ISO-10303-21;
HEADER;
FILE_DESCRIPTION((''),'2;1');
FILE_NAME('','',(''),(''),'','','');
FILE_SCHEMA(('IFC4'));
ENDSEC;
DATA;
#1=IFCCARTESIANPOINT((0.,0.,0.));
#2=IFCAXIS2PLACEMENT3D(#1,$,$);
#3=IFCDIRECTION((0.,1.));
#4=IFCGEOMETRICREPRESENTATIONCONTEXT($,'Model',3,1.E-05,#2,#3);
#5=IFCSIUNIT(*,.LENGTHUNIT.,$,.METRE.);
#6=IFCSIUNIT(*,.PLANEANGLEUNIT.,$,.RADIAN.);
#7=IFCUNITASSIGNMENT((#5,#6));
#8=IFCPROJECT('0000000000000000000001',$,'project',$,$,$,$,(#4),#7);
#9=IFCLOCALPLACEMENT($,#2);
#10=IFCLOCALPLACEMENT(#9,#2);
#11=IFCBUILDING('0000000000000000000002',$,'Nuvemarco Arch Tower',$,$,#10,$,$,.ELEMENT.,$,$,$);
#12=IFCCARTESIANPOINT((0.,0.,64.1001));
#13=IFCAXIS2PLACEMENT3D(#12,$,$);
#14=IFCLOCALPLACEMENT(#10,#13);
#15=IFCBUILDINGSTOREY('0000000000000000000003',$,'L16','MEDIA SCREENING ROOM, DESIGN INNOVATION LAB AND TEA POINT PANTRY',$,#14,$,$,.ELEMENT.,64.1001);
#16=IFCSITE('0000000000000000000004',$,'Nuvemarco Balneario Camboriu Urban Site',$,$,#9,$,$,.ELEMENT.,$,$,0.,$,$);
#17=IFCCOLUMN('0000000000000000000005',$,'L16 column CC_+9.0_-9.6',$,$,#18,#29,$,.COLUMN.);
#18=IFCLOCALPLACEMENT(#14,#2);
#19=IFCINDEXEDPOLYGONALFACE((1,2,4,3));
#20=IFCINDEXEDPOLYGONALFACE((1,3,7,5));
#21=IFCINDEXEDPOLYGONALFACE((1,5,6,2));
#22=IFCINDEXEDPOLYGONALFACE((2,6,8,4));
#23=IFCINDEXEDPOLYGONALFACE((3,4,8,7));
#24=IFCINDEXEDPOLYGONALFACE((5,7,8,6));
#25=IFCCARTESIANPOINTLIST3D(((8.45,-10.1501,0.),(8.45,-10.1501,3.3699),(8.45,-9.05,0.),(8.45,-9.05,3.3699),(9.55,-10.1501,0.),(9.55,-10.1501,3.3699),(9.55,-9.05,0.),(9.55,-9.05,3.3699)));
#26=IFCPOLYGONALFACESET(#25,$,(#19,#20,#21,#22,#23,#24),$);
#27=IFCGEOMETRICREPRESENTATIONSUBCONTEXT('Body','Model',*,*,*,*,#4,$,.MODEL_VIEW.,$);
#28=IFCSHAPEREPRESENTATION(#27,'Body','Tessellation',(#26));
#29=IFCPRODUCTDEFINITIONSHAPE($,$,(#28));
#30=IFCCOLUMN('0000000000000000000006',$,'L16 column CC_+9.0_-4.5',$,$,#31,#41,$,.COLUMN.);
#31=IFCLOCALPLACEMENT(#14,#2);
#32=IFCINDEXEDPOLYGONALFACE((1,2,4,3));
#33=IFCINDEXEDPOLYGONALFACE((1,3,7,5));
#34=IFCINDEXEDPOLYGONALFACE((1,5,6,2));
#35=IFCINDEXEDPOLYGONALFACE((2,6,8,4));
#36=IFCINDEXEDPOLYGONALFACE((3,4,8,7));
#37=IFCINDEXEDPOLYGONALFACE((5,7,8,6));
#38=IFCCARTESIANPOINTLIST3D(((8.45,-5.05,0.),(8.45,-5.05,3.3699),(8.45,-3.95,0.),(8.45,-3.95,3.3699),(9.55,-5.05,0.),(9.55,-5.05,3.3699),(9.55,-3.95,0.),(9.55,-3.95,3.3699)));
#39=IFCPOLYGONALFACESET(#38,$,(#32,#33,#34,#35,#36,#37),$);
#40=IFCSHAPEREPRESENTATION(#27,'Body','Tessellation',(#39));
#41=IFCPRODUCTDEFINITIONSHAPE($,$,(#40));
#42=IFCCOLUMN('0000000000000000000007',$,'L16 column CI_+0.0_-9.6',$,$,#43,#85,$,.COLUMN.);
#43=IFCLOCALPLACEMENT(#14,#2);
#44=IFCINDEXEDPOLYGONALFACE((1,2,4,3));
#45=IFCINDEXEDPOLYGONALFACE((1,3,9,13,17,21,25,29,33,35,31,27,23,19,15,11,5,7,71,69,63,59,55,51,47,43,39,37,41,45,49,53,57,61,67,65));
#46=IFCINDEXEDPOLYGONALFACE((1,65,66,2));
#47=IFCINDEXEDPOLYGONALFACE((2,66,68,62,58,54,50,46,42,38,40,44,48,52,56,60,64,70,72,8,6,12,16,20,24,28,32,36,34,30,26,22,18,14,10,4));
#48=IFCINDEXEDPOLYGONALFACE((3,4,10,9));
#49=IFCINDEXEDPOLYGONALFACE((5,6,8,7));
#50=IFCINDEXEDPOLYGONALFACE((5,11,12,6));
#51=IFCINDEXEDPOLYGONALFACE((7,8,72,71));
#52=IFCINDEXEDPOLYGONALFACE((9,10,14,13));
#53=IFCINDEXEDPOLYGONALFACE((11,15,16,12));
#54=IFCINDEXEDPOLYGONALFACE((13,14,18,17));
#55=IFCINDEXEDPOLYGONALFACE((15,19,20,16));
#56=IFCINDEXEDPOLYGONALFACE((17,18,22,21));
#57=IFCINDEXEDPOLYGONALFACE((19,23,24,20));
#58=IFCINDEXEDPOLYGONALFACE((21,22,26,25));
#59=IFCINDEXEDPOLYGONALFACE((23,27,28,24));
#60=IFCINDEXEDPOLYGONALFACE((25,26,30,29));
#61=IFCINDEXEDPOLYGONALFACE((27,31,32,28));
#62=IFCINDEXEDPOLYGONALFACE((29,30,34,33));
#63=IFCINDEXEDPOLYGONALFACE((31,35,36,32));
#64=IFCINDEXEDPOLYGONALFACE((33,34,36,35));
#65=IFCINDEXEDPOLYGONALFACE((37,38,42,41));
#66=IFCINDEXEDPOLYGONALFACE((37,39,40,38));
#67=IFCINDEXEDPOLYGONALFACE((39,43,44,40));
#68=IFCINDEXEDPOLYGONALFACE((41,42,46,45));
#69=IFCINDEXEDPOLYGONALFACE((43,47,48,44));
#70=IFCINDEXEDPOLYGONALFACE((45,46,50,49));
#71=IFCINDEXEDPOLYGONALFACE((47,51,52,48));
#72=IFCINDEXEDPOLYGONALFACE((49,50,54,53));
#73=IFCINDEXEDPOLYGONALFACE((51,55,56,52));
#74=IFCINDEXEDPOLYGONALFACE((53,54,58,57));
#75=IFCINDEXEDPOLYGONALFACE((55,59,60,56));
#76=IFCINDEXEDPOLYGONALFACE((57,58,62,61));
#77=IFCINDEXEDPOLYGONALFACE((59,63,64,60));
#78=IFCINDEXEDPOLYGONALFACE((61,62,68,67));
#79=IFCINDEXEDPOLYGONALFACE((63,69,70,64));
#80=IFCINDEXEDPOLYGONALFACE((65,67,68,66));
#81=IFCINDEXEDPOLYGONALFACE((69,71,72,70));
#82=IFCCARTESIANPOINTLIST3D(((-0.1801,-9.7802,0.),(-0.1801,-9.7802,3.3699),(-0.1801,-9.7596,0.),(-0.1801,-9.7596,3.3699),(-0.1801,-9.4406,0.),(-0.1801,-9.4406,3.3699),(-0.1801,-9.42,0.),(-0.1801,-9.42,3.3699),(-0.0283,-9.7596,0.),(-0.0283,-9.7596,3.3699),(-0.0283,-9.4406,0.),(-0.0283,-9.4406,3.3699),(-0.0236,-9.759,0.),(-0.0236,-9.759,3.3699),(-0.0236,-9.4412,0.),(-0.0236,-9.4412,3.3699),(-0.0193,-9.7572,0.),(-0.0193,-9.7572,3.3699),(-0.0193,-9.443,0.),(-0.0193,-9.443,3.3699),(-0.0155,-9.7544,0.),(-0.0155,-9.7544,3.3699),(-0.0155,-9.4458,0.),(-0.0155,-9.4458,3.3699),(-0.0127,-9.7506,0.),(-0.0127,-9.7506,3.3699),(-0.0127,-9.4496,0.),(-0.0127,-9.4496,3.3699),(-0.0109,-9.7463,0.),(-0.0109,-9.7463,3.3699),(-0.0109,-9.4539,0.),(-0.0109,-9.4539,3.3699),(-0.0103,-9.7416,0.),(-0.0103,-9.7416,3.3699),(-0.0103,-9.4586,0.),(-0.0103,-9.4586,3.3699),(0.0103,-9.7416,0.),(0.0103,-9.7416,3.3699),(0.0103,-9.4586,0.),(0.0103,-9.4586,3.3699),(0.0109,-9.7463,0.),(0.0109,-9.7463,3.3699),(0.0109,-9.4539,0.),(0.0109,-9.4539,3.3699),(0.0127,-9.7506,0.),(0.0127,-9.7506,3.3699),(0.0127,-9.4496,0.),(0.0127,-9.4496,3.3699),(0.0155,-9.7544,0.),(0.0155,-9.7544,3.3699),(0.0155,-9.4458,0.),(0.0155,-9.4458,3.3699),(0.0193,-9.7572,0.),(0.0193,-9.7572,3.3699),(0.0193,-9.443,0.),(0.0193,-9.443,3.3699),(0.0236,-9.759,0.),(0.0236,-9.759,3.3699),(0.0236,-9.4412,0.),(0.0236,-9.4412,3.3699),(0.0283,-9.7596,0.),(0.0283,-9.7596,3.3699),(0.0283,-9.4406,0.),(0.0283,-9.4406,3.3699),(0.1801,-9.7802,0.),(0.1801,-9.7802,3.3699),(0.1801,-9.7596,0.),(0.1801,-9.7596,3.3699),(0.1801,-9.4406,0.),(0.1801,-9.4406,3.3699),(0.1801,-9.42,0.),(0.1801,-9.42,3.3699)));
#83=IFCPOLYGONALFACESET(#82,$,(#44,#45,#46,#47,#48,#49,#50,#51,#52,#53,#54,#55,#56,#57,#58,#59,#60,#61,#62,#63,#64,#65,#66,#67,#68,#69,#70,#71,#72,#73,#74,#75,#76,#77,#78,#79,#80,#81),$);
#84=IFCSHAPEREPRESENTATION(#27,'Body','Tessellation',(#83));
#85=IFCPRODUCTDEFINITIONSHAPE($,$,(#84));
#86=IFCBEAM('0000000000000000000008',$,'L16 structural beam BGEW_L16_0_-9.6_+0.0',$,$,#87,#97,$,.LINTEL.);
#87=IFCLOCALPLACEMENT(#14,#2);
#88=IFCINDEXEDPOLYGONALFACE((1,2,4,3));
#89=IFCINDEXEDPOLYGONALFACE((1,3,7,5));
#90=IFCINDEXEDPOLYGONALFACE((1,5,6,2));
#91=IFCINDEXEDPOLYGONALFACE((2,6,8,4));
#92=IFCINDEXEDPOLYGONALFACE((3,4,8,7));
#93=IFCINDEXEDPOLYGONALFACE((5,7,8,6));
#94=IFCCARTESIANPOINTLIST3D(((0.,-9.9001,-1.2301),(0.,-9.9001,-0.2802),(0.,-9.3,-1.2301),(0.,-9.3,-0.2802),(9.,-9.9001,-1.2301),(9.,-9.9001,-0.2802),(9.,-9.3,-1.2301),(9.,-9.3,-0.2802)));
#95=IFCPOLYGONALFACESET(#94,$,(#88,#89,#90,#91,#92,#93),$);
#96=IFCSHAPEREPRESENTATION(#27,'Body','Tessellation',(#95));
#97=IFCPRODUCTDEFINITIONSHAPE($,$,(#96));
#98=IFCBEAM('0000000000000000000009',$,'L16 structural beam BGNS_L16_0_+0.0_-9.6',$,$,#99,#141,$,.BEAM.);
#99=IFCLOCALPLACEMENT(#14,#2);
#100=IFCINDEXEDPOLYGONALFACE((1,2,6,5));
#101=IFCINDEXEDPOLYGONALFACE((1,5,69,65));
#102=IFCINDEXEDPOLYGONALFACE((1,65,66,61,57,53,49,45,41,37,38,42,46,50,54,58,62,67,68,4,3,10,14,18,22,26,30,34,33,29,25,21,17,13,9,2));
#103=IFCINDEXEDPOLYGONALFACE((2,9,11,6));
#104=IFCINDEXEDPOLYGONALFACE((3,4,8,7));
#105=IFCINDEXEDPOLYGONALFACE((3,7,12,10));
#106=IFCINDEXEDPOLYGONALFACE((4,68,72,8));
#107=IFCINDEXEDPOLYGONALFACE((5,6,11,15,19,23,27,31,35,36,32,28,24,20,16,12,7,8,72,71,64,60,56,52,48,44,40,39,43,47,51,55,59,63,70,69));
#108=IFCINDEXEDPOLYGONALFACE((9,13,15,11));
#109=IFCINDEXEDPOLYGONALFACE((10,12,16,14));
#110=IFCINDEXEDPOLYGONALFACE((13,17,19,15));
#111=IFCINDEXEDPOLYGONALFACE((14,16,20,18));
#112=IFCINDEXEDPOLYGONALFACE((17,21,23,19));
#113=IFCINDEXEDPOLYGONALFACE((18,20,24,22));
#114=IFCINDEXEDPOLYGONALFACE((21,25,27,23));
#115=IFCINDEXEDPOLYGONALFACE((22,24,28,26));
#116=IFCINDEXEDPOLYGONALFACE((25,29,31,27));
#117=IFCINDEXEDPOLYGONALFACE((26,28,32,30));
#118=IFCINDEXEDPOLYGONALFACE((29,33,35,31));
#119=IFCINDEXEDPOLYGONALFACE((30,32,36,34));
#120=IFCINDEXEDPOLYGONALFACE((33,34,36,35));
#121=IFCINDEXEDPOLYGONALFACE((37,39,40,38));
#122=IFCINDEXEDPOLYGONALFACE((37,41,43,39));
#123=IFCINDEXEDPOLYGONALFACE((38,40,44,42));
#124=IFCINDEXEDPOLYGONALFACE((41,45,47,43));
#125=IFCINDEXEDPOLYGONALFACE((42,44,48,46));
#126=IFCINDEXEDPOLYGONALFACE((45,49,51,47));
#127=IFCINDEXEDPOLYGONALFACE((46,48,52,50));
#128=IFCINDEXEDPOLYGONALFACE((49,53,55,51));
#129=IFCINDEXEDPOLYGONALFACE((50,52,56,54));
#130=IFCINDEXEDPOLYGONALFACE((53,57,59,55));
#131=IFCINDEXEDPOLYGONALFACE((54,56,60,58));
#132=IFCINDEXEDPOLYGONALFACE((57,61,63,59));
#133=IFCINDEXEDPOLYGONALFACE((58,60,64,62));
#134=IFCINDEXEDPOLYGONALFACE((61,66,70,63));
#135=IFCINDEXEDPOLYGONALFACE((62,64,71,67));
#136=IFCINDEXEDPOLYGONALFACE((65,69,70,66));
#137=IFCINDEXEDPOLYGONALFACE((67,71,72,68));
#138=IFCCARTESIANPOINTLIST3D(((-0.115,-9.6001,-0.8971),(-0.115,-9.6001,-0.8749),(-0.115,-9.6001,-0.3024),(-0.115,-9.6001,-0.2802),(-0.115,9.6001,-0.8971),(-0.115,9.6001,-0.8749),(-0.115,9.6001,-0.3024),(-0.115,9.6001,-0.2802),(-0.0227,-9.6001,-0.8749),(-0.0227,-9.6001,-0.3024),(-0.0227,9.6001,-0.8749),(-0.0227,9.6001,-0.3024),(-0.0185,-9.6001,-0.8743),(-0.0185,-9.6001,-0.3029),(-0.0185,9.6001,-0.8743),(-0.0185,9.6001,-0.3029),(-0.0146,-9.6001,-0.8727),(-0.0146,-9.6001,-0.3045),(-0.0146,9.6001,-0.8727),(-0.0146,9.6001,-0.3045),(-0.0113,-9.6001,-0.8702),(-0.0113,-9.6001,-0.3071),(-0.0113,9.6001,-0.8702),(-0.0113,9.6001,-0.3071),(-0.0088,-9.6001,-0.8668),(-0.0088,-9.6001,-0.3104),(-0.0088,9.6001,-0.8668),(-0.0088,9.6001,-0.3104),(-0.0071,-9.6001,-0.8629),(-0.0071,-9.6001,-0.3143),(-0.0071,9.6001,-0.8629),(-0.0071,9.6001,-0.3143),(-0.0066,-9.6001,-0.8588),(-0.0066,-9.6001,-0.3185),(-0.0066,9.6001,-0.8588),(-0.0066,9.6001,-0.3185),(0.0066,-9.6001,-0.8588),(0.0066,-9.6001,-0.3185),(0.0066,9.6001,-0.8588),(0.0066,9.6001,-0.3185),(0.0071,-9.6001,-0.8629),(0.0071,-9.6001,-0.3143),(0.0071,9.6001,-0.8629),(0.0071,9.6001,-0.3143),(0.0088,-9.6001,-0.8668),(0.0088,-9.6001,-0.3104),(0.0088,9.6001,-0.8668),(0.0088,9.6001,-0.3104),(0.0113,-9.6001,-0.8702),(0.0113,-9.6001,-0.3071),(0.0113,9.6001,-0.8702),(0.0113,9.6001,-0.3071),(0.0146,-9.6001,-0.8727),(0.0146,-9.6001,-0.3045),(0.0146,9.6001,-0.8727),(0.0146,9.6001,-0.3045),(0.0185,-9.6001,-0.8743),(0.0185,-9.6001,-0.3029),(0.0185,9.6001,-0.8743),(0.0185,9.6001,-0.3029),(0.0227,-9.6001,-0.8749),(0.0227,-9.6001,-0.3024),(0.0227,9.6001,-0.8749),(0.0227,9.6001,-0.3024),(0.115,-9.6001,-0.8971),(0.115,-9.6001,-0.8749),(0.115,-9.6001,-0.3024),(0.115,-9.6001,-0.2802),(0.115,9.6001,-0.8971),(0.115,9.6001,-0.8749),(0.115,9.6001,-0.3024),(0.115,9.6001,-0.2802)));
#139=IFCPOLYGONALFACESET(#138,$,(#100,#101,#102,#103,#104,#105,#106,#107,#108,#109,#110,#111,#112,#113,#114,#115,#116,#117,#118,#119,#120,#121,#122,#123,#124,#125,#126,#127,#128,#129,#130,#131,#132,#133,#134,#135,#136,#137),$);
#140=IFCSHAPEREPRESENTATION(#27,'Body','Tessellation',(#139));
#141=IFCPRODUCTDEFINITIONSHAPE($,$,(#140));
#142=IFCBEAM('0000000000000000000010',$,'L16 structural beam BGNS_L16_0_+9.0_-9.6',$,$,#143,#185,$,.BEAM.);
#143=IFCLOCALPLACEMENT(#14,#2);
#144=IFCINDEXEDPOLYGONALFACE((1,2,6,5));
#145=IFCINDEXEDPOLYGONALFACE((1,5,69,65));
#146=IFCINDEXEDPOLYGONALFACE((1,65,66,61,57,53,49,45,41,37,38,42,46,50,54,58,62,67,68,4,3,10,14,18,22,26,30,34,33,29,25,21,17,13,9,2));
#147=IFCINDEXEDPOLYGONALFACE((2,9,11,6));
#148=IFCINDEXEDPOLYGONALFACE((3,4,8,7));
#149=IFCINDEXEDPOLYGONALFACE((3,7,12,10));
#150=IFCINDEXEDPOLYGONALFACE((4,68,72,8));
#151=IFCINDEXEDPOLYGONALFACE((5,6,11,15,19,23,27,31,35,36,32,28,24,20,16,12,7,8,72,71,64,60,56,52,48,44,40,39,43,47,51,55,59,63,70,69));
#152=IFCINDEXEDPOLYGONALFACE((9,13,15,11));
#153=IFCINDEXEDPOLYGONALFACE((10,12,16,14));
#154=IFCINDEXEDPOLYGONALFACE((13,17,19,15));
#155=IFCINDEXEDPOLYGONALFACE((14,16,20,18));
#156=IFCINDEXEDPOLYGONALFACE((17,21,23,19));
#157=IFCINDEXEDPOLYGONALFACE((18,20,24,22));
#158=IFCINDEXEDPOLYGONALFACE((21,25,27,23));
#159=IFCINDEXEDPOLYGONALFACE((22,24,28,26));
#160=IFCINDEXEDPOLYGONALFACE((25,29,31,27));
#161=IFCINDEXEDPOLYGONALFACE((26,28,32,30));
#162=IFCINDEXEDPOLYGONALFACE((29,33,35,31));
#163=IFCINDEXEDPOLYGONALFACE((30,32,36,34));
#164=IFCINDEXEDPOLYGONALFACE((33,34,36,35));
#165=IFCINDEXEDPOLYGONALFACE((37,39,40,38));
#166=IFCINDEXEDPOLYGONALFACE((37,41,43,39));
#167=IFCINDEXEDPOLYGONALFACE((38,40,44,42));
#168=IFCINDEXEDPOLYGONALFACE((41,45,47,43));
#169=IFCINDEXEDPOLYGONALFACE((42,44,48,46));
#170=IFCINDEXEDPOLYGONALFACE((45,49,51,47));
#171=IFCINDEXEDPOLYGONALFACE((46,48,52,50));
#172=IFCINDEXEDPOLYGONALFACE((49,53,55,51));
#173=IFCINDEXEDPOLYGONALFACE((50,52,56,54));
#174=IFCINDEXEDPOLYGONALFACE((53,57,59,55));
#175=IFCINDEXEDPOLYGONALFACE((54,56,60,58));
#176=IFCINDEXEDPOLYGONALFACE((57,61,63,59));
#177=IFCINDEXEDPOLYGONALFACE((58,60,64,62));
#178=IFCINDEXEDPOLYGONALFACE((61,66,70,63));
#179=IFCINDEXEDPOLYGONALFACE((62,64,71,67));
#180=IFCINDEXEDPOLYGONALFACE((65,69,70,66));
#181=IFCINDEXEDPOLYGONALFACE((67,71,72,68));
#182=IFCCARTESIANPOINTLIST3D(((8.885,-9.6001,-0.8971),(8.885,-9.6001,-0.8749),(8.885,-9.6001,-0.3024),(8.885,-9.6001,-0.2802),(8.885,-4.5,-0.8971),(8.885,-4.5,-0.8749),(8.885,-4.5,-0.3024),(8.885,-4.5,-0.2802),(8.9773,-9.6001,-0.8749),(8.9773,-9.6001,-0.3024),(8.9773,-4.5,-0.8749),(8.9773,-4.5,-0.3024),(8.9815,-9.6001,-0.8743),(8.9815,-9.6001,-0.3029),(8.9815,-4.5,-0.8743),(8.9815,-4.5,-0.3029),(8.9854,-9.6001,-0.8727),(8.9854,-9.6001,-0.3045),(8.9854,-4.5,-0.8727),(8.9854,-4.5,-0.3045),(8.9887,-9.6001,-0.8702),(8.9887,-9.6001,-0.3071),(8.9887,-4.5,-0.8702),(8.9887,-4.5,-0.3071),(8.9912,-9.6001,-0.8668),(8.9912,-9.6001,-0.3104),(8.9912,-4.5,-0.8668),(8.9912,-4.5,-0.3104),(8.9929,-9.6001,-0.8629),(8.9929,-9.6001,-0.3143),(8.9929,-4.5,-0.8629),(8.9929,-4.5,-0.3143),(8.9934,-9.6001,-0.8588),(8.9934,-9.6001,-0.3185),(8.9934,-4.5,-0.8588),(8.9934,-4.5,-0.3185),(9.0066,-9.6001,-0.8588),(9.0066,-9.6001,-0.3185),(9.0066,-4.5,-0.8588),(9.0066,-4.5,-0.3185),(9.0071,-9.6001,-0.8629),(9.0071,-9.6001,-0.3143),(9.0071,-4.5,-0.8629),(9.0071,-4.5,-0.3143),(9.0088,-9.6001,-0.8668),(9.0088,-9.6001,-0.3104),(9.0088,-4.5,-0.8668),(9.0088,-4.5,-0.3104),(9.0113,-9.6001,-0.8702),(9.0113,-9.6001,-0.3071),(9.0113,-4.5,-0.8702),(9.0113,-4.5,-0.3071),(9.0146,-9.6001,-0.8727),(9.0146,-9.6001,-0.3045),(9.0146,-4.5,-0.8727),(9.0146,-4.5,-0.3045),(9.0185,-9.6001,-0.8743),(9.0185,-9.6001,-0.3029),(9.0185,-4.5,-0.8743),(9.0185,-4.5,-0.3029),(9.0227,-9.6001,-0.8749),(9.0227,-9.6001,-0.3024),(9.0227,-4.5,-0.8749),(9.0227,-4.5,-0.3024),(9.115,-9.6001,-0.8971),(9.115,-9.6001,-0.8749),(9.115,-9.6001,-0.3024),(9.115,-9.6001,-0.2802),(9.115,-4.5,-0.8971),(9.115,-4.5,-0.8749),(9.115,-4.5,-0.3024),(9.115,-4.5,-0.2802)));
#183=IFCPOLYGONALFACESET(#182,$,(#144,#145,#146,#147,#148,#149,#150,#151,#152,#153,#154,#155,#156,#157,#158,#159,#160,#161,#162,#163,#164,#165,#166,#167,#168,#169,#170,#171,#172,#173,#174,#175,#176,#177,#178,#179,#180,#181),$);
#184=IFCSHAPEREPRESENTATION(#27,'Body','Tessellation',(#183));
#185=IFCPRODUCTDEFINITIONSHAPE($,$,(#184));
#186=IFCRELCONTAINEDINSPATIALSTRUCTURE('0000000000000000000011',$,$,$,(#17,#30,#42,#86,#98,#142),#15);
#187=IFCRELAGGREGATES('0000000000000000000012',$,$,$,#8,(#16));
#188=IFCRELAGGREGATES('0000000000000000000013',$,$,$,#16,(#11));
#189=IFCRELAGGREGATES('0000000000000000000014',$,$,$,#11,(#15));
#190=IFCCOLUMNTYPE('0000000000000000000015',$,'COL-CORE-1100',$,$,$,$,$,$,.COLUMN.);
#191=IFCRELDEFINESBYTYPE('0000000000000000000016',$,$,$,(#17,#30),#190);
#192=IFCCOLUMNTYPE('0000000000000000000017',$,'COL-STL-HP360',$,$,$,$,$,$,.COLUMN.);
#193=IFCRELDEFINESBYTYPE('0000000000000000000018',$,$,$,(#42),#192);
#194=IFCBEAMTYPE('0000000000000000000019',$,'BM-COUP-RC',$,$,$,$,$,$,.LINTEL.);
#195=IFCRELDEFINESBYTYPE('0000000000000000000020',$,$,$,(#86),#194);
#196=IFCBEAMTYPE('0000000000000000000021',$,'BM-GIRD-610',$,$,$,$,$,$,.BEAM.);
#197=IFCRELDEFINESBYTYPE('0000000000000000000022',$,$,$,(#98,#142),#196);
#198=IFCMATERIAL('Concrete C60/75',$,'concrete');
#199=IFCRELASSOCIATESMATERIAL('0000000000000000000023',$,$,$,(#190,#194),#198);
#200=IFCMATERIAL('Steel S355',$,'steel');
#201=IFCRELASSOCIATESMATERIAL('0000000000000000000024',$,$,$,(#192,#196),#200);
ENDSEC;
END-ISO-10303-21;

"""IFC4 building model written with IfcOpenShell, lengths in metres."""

from ifc_helpers import new_model, si_unit, direction, frame, origin, origin_2d, place, context, subcontext, project, spatial, rectangle, i_section, extrude, material, material_profile, profile_set, type_object, element, save


model = new_model("IFC4")

# Units and contexts
model_context = context("Model", 3, precision=1e-05, world=origin(), true_north=direction((0.0, 1.0)))
body_context = subcontext(model_context, "Body", "Model", "MODEL_VIEW")
ifc_project = project(units=[si_unit("LENGTHUNIT", "METRE"), si_unit("PLANEANGLEUNIT", "RADIAN")], contexts=[model_context])

# Site, building, storey
site_placement = place(None, origin())
site = spatial("IfcSite", under=ifc_project, at=site_placement, Name="Nuvemarco Balneario Camboriu Urban Site", CompositionType="ELEMENT", RefElevation=0.0)
building_placement = place(site_placement, origin())
building = spatial("IfcBuilding", under=site, at=building_placement, Name="Nuvemarco Arch Tower", CompositionType="ELEMENT")
storey_placement = place(building_placement, frame((0.0, 0.0, 64.1001)))
storey = spatial("IfcBuildingStorey", under=building, at=storey_placement, Name="L16", Description="MEDIA SCREENING ROOM, DESIGN INNOVATION LAB AND TEA POINT PANTRY", CompositionType="ELEMENT", Elevation=64.1001)

# Columns
ifc_material_1 = material(Name="Concrete C60/75", Category="concrete")
ifc_material_profile_1 = material_profile(ifc_material_1, rectangle(XDim=1.1001, YDim=1.1001, at=origin_2d()), Name="RC-COL-1100x1100")
ifc_profile_set_1 = profile_set([ifc_material_profile_1], Name="Concrete C60/75")
column_type_1 = type_object("IfcColumnType", Name="COL-CORE-1100", PredefinedType="COLUMN", material=ifc_profile_set_1)
for number, where, z_axis, x_axis, name in (
    (1, (9.0, -9.6001, 0.0), (0.0, 0.0, 1.0), (1.0, 0.0, 0.0), "L16 column CC_+9.0_-9.6"),
    (2, (9.0, -4.5, 0.0), (0.0, 0.0, 1.0), (1.0, 0.0, 0.0), "L16 column CC_+9.0_-4.5"),
):
    element("IfcColumn", number, at=place(storey_placement, frame(where, z_axis=z_axis, x_axis=x_axis)), inside=storey, type_object=column_type_1, Name=name, PredefinedType="COLUMN", context=body_context, shape_type="SweptSolid", body=[
        extrude(rectangle(XDim=1.1001, YDim=1.1001, at=origin_2d()), origin(), (0.0, 0.0, 1.0), 3.3699),
    ])
ifc_material_2 = material(Name="Steel S355", Category="steel")
ifc_material_profile_2 = material_profile(ifc_material_2, i_section(OverallWidth=0.3601, OverallDepth=0.3601, WebThickness=0.0205, FlangeThickness=0.0205, FilletRadius=0.0181, at=origin_2d()), Name="HP360x174")
ifc_profile_set_2 = profile_set([ifc_material_profile_2], Name="Steel S355")
column_type_2 = type_object("IfcColumnType", Name="COL-STL-HP360", PredefinedType="COLUMN", material=ifc_profile_set_2)
column_placement = place(storey_placement, frame((0.0, -9.6001, 0.0), z_axis=(0.0, 0.0, 1.0), x_axis=(1.0, 0.0, 0.0)))
element("IfcColumn", 3, at=column_placement, inside=storey, type_object=column_type_2, Name="L16 column CI_+0.0_-9.6", PredefinedType="COLUMN", context=body_context, shape_type="SweptSolid", body=[
    extrude(i_section(OverallWidth=0.3601, OverallDepth=0.3601, WebThickness=0.0205, FlangeThickness=0.0205, FilletRadius=0.0181, at=origin_2d()), origin(), (0.0, 0.0, 1.0), 3.3699),
])

# Beams
ifc_material_profile_3 = material_profile(ifc_material_1, rectangle(XDim=0.6001, YDim=0.95, at=origin_2d()), Name="RC-BM-600x950")
ifc_profile_set_3 = profile_set([ifc_material_profile_3], Name="Concrete C60/75")
beam_type_1 = type_object("IfcBeamType", Name="BM-COUP-RC", PredefinedType="LINTEL", material=ifc_profile_set_3)
beam_1_placement = place(storey_placement, frame((0.0, -9.6001, -0.7551), z_axis=(1.0, 0.0, 0.0), x_axis=(0.0, 1.0, 0.0)))
element("IfcBeam", 4, at=beam_1_placement, inside=storey, type_object=beam_type_1, Name="L16 structural beam BGEW_L16_0_-9.6_+0.0", PredefinedType="LINTEL", context=body_context, shape_type="SweptSolid", body=[
    extrude(rectangle(XDim=0.6001, YDim=0.95, at=origin_2d()), origin(), (0.0, 0.0, 1.0), 9.0),
])
ifc_material_profile_4 = material_profile(ifc_material_2, i_section(OverallWidth=0.23, OverallDepth=0.6169, WebThickness=0.0132, FlangeThickness=0.0222, FilletRadius=0.0161, at=origin_2d()), Name="W610x140")
ifc_profile_set_4 = profile_set([ifc_material_profile_4], Name="Steel S355")
beam_type_2 = type_object("IfcBeamType", Name="BM-GIRD-610", PredefinedType="BEAM", material=ifc_profile_set_4)
beam_2_placement = place(storey_placement, frame((0.0, -9.6001, -0.5886), z_axis=(0.0, 1.0, 0.0), x_axis=(-1.0, 0.0, 0.0)))
element("IfcBeam", 5, at=beam_2_placement, inside=storey, type_object=beam_type_2, Name="L16 structural beam BGNS_L16_0_+0.0_-9.6", PredefinedType="BEAM", context=body_context, shape_type="SweptSolid", body=[
    extrude(i_section(OverallWidth=0.23, OverallDepth=0.6169, WebThickness=0.0132, FlangeThickness=0.0222, FilletRadius=0.0161, at=origin_2d()), origin(), (0.0, 0.0, 1.0), 19.2002),
])
beam_3_placement = place(storey_placement, frame((9.0, -9.6001, -0.5886), z_axis=(0.0, 1.0, 0.0), x_axis=(-1.0, 0.0, 0.0)))
element("IfcBeam", 6, at=beam_3_placement, inside=storey, type_object=beam_type_2, Name="L16 structural beam BGNS_L16_0_+9.0_-9.6", PredefinedType="BEAM", context=body_context, shape_type="SweptSolid", body=[
    extrude(i_section(OverallWidth=0.23, OverallDepth=0.6169, WebThickness=0.0132, FlangeThickness=0.0222, FilletRadius=0.0161, at=origin_2d()), origin(), (0.0, 0.0, 1.0), 5.1001),
])

save(model, "model.ifc")
